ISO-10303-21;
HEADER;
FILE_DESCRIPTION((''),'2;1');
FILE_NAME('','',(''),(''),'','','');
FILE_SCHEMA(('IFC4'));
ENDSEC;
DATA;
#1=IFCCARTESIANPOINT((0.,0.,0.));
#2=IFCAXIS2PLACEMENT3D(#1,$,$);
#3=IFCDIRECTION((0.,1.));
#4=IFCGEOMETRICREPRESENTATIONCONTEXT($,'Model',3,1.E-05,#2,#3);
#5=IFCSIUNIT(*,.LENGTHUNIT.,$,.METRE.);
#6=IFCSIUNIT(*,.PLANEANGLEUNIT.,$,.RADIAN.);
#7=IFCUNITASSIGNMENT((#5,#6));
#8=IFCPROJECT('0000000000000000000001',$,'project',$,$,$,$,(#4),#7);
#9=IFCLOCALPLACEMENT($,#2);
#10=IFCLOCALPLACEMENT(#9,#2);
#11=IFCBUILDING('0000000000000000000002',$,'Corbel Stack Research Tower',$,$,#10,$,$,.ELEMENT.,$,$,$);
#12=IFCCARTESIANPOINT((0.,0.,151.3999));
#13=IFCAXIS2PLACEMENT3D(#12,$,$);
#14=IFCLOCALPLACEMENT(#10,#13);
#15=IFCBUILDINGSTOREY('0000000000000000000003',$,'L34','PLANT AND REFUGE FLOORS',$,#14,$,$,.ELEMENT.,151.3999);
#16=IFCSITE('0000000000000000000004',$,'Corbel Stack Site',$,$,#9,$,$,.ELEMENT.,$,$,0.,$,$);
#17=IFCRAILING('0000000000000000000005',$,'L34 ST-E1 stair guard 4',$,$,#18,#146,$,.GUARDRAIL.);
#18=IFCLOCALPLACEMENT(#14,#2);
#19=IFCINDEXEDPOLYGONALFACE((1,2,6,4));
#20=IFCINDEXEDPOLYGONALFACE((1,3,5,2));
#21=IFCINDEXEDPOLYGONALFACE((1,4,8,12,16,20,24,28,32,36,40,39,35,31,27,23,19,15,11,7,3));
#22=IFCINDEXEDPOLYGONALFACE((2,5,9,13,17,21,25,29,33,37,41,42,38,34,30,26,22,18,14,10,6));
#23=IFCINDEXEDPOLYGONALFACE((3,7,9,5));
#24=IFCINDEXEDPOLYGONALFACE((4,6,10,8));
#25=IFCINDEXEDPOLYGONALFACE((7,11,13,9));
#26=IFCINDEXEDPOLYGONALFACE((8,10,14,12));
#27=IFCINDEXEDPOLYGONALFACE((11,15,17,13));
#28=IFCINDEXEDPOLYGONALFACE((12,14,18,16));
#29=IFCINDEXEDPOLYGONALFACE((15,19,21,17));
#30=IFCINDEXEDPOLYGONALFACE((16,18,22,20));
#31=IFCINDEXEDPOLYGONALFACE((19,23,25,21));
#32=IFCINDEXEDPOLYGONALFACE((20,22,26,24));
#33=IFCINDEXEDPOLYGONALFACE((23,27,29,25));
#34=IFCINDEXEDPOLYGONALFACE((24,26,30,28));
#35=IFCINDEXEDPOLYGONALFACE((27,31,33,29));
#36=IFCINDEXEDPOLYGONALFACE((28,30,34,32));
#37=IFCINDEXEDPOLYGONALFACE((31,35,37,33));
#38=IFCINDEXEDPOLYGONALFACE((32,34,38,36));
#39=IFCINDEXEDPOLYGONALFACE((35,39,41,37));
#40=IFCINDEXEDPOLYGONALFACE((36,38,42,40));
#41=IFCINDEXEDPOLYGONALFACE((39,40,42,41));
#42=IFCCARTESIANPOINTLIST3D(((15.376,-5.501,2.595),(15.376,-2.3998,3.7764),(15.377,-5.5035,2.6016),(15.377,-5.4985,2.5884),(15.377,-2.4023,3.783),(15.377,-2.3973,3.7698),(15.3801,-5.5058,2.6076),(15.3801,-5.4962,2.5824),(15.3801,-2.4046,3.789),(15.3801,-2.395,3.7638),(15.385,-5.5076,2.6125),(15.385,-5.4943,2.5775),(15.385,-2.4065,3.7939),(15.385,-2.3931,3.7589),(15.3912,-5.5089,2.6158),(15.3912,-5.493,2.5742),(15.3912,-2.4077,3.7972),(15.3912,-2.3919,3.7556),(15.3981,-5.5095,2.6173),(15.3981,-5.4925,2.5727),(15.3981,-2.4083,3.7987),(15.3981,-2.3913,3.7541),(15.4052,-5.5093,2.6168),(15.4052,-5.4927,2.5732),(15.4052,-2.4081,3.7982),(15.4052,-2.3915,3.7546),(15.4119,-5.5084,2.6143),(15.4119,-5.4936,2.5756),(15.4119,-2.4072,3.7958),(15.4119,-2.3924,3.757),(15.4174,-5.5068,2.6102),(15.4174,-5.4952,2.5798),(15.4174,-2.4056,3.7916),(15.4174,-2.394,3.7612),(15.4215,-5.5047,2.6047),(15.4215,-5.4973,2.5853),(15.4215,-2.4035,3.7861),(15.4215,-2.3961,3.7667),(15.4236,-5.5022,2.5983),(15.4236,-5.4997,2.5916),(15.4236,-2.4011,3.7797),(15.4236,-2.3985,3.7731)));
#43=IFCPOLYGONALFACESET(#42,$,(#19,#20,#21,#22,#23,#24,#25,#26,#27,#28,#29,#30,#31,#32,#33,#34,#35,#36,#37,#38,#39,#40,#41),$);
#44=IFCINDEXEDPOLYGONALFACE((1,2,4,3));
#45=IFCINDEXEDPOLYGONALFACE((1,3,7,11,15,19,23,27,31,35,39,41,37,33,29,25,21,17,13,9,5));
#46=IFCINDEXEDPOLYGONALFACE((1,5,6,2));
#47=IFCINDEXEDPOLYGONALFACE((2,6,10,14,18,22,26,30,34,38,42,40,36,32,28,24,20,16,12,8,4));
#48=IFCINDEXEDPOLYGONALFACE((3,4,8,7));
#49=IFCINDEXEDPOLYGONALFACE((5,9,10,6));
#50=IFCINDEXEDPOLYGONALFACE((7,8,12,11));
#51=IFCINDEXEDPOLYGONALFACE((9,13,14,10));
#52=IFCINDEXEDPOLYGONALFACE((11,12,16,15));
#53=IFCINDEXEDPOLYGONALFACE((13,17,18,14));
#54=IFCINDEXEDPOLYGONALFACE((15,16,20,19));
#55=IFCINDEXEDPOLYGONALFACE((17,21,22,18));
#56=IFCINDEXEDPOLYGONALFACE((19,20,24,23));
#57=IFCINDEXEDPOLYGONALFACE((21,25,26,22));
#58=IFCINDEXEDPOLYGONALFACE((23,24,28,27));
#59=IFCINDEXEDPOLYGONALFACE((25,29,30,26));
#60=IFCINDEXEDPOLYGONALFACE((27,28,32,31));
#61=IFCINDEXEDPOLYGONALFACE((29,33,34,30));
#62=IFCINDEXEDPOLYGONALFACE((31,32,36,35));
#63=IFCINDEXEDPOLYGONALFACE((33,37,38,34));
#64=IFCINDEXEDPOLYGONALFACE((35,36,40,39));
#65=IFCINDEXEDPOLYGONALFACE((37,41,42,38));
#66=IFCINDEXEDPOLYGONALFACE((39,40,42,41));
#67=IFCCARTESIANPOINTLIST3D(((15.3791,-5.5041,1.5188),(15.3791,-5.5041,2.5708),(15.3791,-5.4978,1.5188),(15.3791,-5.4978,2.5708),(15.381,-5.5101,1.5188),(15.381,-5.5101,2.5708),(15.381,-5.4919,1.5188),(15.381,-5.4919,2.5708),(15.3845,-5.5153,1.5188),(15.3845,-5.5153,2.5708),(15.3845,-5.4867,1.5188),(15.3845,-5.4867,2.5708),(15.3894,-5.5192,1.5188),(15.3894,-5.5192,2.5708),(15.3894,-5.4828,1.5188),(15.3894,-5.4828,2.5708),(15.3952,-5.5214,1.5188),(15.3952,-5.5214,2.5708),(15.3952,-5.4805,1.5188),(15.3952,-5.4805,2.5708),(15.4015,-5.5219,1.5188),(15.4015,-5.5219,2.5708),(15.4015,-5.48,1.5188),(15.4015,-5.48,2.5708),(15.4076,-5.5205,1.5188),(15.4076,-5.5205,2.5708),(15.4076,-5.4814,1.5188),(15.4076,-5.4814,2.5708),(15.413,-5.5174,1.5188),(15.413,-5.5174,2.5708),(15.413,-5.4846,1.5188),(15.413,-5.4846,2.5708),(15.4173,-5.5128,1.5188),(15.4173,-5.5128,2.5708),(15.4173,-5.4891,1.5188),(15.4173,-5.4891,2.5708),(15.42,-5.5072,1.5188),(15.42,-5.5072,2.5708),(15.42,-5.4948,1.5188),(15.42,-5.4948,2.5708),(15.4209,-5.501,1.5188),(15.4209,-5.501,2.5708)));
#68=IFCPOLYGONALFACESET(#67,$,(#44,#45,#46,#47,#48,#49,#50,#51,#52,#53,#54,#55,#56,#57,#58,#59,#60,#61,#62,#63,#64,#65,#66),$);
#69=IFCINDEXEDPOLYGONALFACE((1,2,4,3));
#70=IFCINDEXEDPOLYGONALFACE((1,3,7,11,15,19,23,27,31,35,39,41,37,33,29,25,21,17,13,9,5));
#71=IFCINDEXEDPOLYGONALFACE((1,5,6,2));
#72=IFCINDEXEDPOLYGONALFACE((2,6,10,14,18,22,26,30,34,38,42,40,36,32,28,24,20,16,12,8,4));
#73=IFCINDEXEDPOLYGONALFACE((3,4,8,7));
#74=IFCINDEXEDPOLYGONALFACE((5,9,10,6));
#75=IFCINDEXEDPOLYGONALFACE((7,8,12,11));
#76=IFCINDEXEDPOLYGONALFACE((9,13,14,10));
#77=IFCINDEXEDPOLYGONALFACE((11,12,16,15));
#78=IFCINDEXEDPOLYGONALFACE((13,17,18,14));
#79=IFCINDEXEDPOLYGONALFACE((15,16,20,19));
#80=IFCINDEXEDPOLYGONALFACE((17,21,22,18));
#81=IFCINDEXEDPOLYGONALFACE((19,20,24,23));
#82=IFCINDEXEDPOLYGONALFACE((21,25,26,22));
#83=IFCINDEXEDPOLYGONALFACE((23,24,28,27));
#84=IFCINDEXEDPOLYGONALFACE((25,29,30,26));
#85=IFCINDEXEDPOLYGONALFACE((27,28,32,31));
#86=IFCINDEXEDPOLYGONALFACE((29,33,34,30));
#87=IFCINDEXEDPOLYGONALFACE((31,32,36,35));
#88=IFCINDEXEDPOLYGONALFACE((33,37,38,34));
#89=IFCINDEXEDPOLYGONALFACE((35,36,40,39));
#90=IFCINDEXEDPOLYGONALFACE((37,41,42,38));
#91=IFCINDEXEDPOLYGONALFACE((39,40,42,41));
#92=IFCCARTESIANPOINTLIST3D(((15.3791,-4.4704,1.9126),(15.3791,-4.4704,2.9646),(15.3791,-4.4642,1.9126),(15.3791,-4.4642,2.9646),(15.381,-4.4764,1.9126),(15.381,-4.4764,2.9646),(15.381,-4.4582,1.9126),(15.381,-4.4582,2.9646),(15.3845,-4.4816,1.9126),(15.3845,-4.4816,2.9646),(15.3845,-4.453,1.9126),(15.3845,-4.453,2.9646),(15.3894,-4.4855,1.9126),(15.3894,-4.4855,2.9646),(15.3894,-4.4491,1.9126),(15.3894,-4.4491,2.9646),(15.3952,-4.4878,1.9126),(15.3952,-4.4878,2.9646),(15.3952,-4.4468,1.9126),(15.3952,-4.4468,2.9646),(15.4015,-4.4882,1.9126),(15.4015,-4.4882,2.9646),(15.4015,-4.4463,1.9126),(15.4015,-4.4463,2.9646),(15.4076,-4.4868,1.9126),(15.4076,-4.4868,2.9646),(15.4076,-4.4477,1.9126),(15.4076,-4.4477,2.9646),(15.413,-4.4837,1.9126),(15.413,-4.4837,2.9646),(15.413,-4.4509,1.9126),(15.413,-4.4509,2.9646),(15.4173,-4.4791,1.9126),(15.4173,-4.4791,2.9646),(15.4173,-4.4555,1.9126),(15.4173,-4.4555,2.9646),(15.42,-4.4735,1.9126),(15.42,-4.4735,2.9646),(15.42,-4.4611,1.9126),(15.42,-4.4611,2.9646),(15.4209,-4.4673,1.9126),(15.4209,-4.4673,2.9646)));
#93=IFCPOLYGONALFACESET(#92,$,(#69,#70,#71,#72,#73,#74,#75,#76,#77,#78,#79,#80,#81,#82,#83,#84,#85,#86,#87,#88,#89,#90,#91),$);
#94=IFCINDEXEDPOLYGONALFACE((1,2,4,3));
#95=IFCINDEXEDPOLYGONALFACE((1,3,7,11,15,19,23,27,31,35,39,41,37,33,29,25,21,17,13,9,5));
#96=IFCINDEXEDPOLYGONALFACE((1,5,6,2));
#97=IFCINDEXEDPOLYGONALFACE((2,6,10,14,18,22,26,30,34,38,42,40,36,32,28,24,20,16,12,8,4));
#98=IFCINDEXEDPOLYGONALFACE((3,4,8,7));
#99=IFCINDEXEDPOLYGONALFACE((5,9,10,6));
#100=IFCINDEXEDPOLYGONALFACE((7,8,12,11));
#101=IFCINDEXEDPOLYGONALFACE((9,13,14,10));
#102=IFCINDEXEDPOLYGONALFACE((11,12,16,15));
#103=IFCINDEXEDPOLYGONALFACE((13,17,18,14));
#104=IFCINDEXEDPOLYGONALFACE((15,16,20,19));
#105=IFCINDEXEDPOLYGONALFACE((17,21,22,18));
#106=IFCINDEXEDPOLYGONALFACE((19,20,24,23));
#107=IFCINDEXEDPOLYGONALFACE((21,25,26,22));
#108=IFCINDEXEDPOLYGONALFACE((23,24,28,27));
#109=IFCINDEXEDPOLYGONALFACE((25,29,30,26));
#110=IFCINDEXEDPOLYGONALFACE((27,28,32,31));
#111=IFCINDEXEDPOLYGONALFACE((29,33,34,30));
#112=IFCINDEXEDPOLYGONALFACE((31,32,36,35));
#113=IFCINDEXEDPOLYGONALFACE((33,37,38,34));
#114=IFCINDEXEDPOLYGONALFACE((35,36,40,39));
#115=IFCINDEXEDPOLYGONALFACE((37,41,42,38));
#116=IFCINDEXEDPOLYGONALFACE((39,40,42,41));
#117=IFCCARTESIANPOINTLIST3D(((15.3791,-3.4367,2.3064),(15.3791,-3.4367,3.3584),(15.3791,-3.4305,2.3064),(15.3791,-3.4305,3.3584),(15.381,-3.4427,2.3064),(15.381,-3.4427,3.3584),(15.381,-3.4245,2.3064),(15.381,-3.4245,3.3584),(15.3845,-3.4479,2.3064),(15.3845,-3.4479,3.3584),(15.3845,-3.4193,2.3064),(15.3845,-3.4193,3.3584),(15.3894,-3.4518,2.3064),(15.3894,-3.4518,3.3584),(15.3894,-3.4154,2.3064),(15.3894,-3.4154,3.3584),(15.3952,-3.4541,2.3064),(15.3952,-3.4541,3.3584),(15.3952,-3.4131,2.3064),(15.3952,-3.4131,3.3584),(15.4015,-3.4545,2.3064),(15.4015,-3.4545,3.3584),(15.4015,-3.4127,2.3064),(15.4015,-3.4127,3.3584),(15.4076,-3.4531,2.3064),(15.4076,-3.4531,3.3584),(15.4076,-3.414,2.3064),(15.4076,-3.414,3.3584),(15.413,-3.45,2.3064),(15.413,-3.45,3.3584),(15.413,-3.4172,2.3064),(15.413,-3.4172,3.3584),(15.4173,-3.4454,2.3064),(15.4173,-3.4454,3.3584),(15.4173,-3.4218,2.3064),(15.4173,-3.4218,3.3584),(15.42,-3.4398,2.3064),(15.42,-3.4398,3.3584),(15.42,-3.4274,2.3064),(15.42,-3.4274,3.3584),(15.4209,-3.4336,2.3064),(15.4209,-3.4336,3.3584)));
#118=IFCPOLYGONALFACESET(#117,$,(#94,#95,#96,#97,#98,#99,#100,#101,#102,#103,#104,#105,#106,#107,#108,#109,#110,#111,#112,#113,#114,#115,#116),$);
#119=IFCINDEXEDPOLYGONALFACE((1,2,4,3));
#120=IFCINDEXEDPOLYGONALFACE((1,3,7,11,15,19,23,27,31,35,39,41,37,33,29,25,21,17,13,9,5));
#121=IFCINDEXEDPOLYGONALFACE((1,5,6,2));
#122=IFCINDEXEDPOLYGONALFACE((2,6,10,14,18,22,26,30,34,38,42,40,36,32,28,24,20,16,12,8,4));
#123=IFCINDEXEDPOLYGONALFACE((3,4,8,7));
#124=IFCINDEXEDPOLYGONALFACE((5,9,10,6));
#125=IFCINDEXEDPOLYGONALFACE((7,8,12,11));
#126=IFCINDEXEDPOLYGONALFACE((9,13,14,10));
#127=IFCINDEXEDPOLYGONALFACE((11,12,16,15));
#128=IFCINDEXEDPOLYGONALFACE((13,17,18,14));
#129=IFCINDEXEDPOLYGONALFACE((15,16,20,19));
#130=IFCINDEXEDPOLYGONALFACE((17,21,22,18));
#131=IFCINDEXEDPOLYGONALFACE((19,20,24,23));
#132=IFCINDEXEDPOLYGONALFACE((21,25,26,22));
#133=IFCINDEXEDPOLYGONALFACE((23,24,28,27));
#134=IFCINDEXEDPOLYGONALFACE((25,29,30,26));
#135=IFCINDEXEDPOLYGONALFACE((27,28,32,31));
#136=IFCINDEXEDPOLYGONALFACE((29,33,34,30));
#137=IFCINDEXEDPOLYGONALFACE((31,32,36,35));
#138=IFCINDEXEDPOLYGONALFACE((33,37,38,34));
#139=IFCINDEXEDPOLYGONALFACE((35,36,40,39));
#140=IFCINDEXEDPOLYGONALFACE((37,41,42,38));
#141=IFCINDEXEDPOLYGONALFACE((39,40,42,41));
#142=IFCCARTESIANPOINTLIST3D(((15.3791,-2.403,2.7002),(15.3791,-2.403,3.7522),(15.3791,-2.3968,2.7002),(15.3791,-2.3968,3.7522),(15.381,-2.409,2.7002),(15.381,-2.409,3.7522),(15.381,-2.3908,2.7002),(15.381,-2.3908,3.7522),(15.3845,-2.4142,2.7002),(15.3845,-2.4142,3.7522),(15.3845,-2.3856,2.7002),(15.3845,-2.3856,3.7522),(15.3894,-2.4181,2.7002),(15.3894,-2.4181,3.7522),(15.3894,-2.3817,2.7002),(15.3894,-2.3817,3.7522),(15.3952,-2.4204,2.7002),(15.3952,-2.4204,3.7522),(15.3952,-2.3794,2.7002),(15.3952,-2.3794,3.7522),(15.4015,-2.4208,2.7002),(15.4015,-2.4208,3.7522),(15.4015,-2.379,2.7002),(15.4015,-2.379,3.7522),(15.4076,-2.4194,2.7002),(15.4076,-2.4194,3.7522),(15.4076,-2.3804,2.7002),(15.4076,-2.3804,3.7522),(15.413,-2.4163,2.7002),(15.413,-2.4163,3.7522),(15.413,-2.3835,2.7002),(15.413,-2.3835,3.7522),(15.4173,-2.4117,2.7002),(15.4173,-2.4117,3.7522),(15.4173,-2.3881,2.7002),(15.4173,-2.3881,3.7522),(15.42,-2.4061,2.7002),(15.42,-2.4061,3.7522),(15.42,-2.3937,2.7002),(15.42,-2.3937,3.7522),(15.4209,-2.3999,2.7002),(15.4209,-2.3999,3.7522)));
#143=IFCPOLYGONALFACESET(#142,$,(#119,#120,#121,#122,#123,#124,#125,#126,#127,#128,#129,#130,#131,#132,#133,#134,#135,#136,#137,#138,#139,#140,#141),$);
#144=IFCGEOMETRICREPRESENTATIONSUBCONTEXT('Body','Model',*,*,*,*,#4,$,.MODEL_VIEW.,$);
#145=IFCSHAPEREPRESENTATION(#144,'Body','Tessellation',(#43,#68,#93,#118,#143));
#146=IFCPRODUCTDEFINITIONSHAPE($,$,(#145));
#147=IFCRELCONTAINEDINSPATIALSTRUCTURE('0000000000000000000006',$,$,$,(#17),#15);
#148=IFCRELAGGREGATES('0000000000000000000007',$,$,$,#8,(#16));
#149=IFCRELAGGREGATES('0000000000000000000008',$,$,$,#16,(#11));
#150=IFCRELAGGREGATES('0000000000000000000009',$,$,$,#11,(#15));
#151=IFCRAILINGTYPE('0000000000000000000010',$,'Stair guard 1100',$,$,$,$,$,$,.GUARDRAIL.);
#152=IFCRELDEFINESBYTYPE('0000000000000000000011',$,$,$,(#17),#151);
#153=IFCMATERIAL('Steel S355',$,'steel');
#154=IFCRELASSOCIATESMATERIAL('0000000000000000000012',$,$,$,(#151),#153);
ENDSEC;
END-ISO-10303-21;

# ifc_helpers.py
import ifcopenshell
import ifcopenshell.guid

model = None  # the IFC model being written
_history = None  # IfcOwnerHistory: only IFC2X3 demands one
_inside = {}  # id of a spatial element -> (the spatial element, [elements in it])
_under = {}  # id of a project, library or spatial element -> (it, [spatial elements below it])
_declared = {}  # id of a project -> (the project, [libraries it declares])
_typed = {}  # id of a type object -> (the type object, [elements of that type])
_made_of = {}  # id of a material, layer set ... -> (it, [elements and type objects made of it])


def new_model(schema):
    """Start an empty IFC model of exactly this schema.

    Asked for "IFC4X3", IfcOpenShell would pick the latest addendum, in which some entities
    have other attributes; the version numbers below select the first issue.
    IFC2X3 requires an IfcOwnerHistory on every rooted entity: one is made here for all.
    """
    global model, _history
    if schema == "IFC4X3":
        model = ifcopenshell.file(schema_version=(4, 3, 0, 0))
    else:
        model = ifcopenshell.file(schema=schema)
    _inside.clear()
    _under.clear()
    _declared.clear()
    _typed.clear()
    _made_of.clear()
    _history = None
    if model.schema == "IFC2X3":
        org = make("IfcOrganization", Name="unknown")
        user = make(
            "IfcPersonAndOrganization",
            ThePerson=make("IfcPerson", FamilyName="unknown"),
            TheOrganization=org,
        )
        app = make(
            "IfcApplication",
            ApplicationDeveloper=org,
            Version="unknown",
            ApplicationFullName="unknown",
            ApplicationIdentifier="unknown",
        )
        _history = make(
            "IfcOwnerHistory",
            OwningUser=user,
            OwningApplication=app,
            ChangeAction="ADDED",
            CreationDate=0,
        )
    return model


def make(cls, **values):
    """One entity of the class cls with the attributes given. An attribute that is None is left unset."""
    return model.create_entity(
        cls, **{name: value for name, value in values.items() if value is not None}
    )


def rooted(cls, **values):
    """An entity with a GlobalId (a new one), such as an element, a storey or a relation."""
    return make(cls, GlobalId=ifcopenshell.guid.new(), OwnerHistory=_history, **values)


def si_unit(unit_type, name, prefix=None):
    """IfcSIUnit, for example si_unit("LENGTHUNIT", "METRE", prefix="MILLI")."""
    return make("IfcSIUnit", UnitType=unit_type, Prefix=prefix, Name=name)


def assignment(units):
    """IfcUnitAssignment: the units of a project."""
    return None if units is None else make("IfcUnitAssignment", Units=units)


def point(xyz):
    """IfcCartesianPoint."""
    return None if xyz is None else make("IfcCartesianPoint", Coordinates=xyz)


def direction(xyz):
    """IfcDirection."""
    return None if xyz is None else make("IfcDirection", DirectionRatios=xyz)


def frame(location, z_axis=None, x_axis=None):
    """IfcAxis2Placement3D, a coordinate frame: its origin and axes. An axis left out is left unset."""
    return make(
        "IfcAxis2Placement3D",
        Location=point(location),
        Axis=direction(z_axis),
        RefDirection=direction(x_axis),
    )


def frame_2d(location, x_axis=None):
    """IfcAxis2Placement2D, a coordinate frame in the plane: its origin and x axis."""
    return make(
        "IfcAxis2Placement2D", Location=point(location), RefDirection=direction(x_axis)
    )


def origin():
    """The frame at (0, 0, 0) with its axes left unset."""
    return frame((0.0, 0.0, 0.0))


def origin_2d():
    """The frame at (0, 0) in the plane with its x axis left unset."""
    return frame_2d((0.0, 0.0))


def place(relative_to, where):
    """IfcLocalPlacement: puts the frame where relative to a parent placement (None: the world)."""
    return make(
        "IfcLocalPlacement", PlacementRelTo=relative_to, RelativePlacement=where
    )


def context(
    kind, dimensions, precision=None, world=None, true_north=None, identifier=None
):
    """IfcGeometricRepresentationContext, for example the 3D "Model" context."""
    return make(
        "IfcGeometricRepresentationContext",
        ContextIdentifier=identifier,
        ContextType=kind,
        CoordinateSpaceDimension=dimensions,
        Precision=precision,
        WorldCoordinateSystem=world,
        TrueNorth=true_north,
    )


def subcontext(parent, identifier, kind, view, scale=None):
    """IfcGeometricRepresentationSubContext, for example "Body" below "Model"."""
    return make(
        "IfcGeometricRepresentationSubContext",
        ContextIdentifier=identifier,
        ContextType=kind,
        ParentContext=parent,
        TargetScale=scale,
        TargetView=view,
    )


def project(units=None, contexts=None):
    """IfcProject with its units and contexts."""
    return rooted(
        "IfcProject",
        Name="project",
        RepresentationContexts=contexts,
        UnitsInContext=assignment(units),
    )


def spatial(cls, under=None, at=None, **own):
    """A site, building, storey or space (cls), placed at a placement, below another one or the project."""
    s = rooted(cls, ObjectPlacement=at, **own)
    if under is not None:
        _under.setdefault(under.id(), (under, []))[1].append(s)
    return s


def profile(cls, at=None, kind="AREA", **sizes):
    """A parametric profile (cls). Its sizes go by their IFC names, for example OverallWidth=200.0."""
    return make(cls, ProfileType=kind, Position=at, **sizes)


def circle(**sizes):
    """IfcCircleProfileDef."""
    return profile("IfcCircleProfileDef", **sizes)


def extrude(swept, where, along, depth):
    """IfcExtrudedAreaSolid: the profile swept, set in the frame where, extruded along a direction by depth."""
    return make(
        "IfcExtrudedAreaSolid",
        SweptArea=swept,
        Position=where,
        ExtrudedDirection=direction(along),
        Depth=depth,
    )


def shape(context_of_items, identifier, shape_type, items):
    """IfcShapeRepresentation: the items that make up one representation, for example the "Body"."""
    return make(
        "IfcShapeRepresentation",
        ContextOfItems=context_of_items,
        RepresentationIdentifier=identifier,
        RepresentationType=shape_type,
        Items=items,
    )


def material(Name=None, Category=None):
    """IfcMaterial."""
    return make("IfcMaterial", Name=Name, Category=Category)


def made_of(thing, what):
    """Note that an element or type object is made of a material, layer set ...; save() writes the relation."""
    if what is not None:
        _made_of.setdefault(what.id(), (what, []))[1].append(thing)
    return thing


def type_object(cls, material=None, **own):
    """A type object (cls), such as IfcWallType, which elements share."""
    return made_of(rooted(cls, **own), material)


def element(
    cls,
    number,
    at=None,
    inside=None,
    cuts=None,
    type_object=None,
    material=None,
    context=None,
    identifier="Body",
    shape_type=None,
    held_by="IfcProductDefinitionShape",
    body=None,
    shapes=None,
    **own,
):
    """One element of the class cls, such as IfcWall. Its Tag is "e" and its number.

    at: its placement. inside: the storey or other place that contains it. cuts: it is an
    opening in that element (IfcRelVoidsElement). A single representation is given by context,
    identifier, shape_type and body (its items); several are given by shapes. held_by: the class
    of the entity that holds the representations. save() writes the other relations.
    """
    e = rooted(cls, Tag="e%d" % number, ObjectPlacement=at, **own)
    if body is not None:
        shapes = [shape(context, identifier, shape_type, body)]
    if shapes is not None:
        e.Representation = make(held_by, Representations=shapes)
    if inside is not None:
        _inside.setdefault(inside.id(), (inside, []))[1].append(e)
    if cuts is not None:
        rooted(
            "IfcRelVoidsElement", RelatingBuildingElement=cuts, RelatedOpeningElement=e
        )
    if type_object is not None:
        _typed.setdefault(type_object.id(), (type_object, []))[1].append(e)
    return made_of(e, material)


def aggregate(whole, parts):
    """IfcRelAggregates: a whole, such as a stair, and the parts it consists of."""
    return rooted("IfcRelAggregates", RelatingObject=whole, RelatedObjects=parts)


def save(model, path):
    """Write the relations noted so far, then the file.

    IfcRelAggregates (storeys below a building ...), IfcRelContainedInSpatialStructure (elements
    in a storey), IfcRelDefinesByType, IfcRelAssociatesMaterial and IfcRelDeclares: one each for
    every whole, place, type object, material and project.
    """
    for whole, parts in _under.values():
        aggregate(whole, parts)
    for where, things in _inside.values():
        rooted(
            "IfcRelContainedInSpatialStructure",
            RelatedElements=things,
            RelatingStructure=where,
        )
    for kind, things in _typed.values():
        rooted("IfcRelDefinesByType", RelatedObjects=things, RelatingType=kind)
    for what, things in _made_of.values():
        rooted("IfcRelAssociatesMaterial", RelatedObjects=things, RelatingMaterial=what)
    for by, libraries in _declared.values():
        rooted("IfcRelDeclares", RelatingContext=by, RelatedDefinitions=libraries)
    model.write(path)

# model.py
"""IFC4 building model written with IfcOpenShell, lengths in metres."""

from ifc_helpers import new_model, si_unit, direction, frame, origin, origin_2d, place, context, subcontext, project, spatial, circle, extrude, material, type_object, element, save


model = new_model("IFC4")

# Units and contexts
model_context = context("Model", 3, precision=1e-05, world=origin(), true_north=direction((0.0, 1.0)))
body_context = subcontext(model_context, "Body", "Model", "MODEL_VIEW")
ifc_project = project(units=[si_unit("LENGTHUNIT", "METRE"), si_unit("PLANEANGLEUNIT", "RADIAN")], contexts=[model_context])

# Site, building, storey
site_placement = place(None, origin())
site = spatial("IfcSite", under=ifc_project, at=site_placement, Name="Corbel Stack Site", CompositionType="ELEMENT", RefElevation=0.0)
building_placement = place(site_placement, origin())
building = spatial("IfcBuilding", under=site, at=building_placement, Name="Corbel Stack Research Tower", CompositionType="ELEMENT")
storey_placement = place(building_placement, frame((0.0, 0.0, 151.3999)))
storey = spatial("IfcBuildingStorey", under=building, at=storey_placement, Name="L34", Description="PLANT AND REFUGE FLOORS", CompositionType="ELEMENT", Elevation=151.3999)

# Railing
ifc_material_1 = material(Name="Steel S355", Category="steel")
railing_type_1 = type_object("IfcRailingType", Name="Stair guard 1100", PredefinedType="GUARDRAIL", material=ifc_material_1)
railing_1_placement = place(storey_placement, frame((15.3999, -5.501, 1.5188)))
element("IfcRailing", 1, at=railing_1_placement, inside=storey, type_object=railing_type_1, Name="L34 ST-E1 stair guard 4", PredefinedType="GUARDRAIL", context=body_context, shape_type="SweptSolid", body=[
    extrude(circle(Radius=0.0239, at=origin_2d()), frame((0.0, 0.0, 1.0762), z_axis=(0.0, 0.934484, 0.356005), x_axis=(-1.0, 0.0, 0.0)), (0.0, 0.0, 1.0), 3.3186),
    extrude(circle(Radius=0.021, at=origin_2d()), origin(), (0.0, 0.0, 1.0), 1.052),
    extrude(circle(Radius=0.021, at=origin_2d()), frame((0.0, 1.0337, 0.3938)), (0.0, 0.0, 1.0), 1.052),
    extrude(circle(Radius=0.021, at=origin_2d()), frame((0.0, 2.0674, 0.7876)), (0.0, 0.0, 1.0), 1.052),
    extrude(circle(Radius=0.021, at=origin_2d()), frame((0.0, 3.1011, 1.1814)), (0.0, 0.0, 1.0), 1.052),
])

save(model, "model.ifc")
